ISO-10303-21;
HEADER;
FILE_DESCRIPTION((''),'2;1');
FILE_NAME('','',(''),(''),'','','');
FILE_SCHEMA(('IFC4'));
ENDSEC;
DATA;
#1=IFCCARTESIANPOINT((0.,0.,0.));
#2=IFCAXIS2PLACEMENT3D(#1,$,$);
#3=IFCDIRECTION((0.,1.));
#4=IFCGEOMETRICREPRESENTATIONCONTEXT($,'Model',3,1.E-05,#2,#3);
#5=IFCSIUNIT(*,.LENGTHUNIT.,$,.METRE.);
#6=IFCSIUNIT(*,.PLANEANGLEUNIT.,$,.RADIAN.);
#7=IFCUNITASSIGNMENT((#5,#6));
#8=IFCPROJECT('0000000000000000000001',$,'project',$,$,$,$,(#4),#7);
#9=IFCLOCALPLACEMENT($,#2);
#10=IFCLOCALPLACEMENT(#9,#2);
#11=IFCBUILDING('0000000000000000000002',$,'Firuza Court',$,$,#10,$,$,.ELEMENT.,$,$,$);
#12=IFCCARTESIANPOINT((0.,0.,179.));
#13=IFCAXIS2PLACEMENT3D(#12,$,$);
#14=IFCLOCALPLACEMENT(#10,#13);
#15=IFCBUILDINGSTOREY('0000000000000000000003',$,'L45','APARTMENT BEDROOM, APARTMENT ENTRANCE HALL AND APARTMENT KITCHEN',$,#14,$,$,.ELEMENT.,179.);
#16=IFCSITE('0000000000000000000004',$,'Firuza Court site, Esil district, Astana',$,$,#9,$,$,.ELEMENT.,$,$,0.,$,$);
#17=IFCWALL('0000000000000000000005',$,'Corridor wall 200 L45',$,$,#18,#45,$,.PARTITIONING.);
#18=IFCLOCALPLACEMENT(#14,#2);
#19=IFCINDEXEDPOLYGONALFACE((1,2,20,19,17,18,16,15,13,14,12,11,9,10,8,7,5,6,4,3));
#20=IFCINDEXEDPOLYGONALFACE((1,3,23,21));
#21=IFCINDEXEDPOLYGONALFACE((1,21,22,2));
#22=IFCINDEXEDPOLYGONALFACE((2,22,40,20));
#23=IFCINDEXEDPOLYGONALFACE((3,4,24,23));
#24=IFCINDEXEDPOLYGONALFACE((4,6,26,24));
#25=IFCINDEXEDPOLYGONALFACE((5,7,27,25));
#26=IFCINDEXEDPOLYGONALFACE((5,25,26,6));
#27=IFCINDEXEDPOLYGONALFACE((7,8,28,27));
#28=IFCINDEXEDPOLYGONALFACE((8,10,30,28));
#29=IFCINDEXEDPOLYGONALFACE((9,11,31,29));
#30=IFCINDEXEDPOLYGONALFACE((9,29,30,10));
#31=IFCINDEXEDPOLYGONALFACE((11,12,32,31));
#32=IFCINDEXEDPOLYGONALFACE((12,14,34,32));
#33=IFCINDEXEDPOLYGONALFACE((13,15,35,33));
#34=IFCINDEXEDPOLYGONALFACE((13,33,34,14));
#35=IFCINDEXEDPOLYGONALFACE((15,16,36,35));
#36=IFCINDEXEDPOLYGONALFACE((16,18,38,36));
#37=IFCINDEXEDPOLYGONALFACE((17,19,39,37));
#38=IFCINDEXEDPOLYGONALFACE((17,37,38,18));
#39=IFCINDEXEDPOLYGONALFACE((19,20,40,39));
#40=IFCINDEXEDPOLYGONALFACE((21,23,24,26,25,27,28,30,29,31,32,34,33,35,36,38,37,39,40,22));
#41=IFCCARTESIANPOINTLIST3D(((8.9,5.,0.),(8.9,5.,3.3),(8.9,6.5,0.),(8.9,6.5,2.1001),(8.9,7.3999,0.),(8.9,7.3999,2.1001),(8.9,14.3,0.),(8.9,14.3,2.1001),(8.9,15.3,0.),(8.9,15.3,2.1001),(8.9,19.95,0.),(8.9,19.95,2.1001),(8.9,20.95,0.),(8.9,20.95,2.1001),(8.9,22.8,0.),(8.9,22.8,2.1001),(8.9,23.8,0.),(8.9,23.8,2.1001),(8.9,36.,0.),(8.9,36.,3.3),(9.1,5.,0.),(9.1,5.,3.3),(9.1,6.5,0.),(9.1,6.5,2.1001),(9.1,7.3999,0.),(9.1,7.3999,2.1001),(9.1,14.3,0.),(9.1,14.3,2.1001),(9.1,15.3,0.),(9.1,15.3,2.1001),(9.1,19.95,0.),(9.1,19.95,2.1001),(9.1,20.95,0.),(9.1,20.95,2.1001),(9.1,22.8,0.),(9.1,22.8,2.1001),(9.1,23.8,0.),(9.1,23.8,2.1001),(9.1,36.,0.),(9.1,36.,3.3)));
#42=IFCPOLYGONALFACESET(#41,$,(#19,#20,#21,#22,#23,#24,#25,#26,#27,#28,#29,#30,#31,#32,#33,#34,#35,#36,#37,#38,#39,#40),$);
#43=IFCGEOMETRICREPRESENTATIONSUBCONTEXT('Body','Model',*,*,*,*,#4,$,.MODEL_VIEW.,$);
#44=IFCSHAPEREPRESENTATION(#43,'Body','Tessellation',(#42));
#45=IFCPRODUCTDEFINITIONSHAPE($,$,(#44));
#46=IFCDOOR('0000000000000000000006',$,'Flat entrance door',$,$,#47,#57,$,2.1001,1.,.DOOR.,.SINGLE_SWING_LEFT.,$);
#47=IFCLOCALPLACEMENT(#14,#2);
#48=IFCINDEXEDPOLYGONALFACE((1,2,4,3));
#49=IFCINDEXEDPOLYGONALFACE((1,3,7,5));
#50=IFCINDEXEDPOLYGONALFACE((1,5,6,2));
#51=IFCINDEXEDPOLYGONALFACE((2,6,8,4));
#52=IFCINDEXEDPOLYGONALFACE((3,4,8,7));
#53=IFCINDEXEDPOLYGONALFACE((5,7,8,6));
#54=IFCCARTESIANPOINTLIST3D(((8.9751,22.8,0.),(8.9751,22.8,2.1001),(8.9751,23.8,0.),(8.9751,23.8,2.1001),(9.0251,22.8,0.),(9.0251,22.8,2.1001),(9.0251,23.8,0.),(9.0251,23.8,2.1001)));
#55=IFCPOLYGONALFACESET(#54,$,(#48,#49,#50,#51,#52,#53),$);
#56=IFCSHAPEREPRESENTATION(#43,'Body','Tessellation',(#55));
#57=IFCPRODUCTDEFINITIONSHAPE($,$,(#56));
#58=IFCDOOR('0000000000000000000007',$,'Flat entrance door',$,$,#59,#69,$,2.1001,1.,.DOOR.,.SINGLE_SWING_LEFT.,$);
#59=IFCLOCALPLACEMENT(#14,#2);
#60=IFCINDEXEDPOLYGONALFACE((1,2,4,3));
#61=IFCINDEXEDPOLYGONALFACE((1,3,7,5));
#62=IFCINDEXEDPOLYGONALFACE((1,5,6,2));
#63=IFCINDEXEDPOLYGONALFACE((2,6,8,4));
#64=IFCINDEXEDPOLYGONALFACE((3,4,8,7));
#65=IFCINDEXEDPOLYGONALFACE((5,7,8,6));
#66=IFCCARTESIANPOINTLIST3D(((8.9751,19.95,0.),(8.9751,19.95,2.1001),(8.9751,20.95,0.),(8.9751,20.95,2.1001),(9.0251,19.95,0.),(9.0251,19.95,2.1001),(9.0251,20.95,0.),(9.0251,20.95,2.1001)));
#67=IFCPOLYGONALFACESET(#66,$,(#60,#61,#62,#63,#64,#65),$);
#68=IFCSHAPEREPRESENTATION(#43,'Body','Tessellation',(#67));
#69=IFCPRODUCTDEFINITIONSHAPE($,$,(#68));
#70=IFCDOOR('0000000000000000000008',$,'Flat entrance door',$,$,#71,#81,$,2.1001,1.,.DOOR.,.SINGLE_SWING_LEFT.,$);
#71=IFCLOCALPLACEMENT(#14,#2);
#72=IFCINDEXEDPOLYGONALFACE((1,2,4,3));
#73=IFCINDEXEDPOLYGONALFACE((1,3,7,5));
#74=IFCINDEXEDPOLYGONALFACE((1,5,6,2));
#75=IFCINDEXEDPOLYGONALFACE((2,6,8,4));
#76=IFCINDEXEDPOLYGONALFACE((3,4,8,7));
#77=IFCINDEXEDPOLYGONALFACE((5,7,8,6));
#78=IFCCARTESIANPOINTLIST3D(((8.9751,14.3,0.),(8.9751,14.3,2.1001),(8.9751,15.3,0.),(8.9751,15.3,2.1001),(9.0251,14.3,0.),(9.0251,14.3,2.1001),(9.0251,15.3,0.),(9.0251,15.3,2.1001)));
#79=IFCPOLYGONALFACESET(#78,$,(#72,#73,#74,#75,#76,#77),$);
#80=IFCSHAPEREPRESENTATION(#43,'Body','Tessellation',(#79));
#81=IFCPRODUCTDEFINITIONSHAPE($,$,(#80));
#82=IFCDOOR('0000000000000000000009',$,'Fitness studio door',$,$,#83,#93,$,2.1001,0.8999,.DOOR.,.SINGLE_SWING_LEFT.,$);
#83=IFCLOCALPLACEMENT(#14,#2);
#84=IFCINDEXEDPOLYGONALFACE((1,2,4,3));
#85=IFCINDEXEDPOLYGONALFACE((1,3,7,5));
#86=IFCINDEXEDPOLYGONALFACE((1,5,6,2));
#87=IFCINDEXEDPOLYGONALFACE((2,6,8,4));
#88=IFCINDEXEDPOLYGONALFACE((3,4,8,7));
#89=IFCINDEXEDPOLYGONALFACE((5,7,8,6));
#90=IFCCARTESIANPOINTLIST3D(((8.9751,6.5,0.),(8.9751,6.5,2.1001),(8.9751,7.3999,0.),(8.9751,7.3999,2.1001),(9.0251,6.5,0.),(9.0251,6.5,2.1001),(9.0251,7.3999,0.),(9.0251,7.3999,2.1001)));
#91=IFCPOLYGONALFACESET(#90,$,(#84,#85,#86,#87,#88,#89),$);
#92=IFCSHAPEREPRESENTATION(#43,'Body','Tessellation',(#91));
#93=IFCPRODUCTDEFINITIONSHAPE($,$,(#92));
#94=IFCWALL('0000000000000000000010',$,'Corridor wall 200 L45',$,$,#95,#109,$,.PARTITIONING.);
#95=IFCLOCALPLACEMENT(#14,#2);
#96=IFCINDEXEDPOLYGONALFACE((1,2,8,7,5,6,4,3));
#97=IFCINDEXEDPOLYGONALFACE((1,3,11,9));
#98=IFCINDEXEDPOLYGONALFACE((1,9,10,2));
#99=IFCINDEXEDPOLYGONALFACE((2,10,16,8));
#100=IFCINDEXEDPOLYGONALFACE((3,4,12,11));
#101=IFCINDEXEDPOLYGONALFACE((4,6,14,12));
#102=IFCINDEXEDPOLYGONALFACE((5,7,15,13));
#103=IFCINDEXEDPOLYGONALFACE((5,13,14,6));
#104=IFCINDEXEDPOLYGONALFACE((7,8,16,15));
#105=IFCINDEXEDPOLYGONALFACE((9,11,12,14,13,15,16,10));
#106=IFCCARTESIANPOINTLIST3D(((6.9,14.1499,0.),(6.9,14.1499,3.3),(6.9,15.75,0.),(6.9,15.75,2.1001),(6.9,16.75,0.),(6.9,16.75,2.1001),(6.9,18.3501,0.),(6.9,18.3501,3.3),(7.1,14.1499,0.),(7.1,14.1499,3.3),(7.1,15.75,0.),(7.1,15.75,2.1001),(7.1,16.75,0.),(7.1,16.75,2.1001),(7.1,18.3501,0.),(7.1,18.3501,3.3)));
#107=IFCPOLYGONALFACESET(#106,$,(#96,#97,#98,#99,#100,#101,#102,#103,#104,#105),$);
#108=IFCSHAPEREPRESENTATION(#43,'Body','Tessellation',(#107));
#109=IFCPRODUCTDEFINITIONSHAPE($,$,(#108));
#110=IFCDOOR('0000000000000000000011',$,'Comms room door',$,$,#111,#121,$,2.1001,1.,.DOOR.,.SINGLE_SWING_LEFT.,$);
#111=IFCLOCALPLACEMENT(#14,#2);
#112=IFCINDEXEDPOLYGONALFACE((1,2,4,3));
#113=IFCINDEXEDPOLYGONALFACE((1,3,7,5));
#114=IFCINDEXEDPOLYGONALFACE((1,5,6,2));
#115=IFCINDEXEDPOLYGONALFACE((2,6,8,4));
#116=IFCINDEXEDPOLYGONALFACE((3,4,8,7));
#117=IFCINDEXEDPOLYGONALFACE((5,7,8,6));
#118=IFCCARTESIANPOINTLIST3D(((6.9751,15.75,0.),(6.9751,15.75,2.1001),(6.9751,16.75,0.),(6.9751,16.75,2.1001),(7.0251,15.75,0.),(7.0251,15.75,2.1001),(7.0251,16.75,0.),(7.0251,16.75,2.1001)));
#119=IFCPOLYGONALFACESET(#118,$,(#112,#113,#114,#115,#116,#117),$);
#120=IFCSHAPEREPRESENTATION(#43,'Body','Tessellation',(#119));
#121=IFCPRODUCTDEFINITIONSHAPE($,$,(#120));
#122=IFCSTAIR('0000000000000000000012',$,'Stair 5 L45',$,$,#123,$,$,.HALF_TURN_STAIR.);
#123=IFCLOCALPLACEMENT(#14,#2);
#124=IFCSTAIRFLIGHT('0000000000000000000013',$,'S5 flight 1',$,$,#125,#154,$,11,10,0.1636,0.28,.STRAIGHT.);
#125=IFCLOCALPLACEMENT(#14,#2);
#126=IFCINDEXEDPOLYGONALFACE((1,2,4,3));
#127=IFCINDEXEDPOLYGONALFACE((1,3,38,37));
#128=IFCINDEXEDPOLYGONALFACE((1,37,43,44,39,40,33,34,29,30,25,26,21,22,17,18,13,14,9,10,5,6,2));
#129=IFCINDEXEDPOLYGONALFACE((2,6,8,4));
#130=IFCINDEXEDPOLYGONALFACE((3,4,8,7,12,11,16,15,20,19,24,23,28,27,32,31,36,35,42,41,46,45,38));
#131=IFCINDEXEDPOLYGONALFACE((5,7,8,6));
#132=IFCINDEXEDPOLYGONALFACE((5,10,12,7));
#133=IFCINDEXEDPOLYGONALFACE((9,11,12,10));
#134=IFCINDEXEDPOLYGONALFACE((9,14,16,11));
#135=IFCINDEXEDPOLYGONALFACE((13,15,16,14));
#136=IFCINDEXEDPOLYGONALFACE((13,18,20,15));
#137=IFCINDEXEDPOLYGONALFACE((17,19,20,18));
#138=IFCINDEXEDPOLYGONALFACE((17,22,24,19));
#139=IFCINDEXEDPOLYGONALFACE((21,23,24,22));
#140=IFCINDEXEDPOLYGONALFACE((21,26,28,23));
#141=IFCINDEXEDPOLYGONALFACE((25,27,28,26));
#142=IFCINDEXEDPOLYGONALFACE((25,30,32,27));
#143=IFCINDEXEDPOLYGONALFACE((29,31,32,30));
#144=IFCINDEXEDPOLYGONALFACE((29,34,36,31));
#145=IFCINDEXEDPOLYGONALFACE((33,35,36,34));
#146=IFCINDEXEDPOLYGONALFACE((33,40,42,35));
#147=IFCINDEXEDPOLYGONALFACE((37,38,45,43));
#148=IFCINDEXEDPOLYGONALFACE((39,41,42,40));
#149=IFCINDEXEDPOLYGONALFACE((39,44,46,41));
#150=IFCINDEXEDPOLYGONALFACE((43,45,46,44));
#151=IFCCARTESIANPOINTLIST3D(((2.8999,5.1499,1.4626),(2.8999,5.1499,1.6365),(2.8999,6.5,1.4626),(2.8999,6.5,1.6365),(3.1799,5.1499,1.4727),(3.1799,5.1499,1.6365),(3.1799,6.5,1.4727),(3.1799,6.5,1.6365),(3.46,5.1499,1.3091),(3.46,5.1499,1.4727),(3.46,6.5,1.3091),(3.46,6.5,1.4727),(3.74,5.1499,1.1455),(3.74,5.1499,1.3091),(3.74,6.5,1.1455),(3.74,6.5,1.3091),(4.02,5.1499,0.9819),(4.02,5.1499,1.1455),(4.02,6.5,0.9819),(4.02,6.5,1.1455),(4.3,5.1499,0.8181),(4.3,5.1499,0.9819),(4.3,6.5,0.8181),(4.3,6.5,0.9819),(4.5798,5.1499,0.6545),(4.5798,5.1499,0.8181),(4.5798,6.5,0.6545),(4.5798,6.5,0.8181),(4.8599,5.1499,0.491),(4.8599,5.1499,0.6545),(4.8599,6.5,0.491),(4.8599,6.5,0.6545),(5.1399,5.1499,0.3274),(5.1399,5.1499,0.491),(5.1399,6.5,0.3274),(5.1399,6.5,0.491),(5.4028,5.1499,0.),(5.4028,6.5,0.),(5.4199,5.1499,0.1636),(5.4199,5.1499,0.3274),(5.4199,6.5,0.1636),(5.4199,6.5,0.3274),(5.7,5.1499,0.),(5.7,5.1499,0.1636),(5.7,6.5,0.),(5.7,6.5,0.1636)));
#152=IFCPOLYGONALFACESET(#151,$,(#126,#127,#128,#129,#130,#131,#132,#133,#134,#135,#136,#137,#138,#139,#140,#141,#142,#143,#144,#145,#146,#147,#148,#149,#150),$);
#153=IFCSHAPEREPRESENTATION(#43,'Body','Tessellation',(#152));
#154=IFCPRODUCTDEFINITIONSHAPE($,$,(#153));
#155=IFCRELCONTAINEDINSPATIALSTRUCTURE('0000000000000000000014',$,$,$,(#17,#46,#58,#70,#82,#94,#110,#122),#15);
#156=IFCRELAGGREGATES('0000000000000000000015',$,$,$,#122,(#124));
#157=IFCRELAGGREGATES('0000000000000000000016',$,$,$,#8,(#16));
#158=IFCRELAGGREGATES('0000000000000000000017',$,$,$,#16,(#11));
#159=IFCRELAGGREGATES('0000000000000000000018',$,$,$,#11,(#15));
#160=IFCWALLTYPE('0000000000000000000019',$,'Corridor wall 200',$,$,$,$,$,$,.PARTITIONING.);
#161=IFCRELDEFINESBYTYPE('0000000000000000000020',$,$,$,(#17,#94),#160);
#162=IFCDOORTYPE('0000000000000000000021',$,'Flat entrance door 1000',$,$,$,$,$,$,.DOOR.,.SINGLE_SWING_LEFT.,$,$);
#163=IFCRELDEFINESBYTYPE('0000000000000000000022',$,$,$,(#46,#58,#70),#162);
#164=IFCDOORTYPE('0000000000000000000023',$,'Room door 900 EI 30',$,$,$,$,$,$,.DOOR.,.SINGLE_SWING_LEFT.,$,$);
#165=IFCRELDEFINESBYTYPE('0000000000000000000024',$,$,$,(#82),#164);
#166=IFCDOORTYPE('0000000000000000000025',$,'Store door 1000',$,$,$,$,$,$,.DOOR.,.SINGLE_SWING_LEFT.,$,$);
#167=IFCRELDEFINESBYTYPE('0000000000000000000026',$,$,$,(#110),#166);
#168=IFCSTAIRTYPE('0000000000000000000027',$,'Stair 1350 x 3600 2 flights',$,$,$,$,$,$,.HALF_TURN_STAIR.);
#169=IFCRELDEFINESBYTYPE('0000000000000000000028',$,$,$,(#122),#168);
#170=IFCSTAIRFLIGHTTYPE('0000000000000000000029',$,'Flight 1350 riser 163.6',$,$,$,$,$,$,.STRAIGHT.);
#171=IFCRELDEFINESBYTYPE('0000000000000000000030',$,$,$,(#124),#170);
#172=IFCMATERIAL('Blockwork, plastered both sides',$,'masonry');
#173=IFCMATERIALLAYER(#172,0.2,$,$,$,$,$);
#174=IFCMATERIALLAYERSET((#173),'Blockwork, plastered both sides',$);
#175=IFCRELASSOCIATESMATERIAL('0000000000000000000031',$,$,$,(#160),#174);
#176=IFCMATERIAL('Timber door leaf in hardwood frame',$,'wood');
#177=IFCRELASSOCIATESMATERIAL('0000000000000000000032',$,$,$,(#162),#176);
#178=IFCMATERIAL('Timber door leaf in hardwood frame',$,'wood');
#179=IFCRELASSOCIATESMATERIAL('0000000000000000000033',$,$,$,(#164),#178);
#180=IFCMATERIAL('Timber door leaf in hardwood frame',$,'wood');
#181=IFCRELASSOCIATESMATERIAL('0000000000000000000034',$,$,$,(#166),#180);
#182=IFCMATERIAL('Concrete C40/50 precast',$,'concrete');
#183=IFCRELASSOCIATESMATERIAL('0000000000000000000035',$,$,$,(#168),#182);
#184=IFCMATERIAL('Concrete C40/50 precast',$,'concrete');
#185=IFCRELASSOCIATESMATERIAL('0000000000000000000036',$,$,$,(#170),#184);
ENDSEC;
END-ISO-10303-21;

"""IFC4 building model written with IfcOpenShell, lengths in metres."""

from ifc_helpers import new_model, si_unit, direction, frame, frame_2d, origin, place, context, subcontext, project, spatial, polyline, rectangle, outline, extrude, material, layer, layer_set, type_object, element, fill, aggregate, save


model = new_model("IFC4")

# Units and contexts
model_context = context("Model", 3, precision=1e-05, world=origin(), true_north=direction((0.0, 1.0)))
body_context = subcontext(model_context, "Body", "Model", "MODEL_VIEW")
ifc_project = project(units=[si_unit("LENGTHUNIT", "METRE"), si_unit("PLANEANGLEUNIT", "RADIAN")], contexts=[model_context])

# Site, building, storey
site_placement = place(None, origin())
site = spatial("IfcSite", under=ifc_project, at=site_placement, Name="Firuza Court site, Esil district, Astana", CompositionType="ELEMENT", RefElevation=0.0)
building_placement = place(site_placement, origin())
building = spatial("IfcBuilding", under=site, at=building_placement, Name="Firuza Court", CompositionType="ELEMENT")
storey_placement = place(building_placement, frame((0.0, 0.0, 179.0)))
storey = spatial("IfcBuildingStorey", under=building, at=storey_placement, Name="L45", Description="APARTMENT BEDROOM, APARTMENT ENTRANCE HALL AND APARTMENT KITCHEN", CompositionType="ELEMENT", Elevation=179.0)

# Wall, openings, doors
ifc_material_1 = material(Name="Blockwork, plastered both sides", Category="masonry")
ifc_layer_1 = layer(ifc_material_1, 0.2)
ifc_layer_set_1 = layer_set([ifc_layer_1], Name="Blockwork, plastered both sides")
wall_type_1 = type_object("IfcWallType", Name="Corridor wall 200", PredefinedType="PARTITIONING", material=ifc_layer_set_1)
wall_1_placement = place(storey_placement, frame((9.0, 5.0, 0.0), z_axis=(0.0, 0.0, 1.0), x_axis=(0.0, 1.0, 0.0)))
wall_1 = element("IfcWall", 1, at=wall_1_placement, inside=storey, type_object=wall_type_1, Name="Corridor wall 200 L45", PredefinedType="PARTITIONING", context=body_context, shape_type="SweptSolid", body=[
    extrude(rectangle(XDim=31.0, YDim=0.2, at=frame_2d((15.5, 0.0))), origin(), (0.0, 0.0, 1.0), 3.3),
])
opening_1_placement = place(wall_1_placement, frame((17.8, 0.0, 0.0)))
opening_1 = element("IfcOpeningElement", 2, at=opening_1_placement, cuts=wall_1, PredefinedType="OPENING", context=body_context, shape_type="SweptSolid", body=[
    extrude(rectangle(XDim=1.0, YDim=2.1001, at=frame_2d((0.5, 1.05))), frame((0.0, 0.1118, 0.0), z_axis=(0.0, -1.0, 0.0), x_axis=(1.0, 0.0, 0.0)), (0.0, 0.0, 1.0), 0.2239),
])
opening_2_placement = place(wall_1_placement, frame((14.95, 0.0, 0.0)))
opening_2 = element("IfcOpeningElement", 3, at=opening_2_placement, cuts=wall_1, PredefinedType="OPENING", context=body_context, shape_type="SweptSolid", body=[
    extrude(rectangle(XDim=1.0, YDim=2.1001, at=frame_2d((0.5, 1.05))), frame((0.0, 0.1118, 0.0), z_axis=(0.0, -1.0, 0.0), x_axis=(1.0, 0.0, 0.0)), (0.0, 0.0, 1.0), 0.2239),
])
opening_3_placement = place(wall_1_placement, frame((9.3, 0.0, 0.0)))
opening_3 = element("IfcOpeningElement", 4, at=opening_3_placement, cuts=wall_1, PredefinedType="OPENING", context=body_context, shape_type="SweptSolid", body=[
    extrude(rectangle(XDim=1.0, YDim=2.1001, at=frame_2d((0.5, 1.05))), frame((0.0, 0.1118, 0.0), z_axis=(0.0, -1.0, 0.0), x_axis=(1.0, 0.0, 0.0)), (0.0, 0.0, 1.0), 0.2239),
])
opening_4_placement = place(wall_1_placement, frame((1.5, 0.0, 0.0)))
opening_4 = element("IfcOpeningElement", 5, at=opening_4_placement, cuts=wall_1, PredefinedType="OPENING", context=body_context, shape_type="SweptSolid", body=[
    extrude(rectangle(XDim=0.8999, YDim=2.1001, at=frame_2d((0.45, 1.05))), frame((0.0, 0.1118, 0.0), z_axis=(0.0, -1.0, 0.0), x_axis=(1.0, 0.0, 0.0)), (0.0, 0.0, 1.0), 0.2239),
])
ifc_material_2 = material(Name="Timber door leaf in hardwood frame", Category="wood")
door_type_1 = type_object("IfcDoorType", Name="Flat entrance door 1000", OperationType="SINGLE_SWING_LEFT", PredefinedType="DOOR", material=ifc_material_2)
door_1_placement = place(opening_1_placement, origin())
door_1 = element("IfcDoor", 6, at=door_1_placement, inside=storey, type_object=door_type_1, Name="Flat entrance door", OperationType="SINGLE_SWING_LEFT", OverallHeight=2.1001, OverallWidth=1.0, PredefinedType="DOOR", context=body_context, shape_type="SweptSolid", body=[
    extrude(rectangle(XDim=1.0, YDim=2.1001, at=frame_2d((0.5, 1.05))), frame((0.0, 0.0249, 0.0), z_axis=(0.0, -1.0, 0.0), x_axis=(1.0, 0.0, 0.0)), (0.0, 0.0, 1.0), 0.05),
])
fill(opening_1, door_1)
door_2_placement = place(opening_2_placement, origin())
door_2 = element("IfcDoor", 7, at=door_2_placement, inside=storey, type_object=door_type_1, Name="Flat entrance door", OperationType="SINGLE_SWING_LEFT", OverallHeight=2.1001, OverallWidth=1.0, PredefinedType="DOOR", context=body_context, shape_type="SweptSolid", body=[
    extrude(rectangle(XDim=1.0, YDim=2.1001, at=frame_2d((0.5, 1.05))), frame((0.0, 0.0249, 0.0), z_axis=(0.0, -1.0, 0.0), x_axis=(1.0, 0.0, 0.0)), (0.0, 0.0, 1.0), 0.05),
])
fill(opening_2, door_2)
door_3_placement = place(opening_3_placement, origin())
door_3 = element("IfcDoor", 8, at=door_3_placement, inside=storey, type_object=door_type_1, Name="Flat entrance door", OperationType="SINGLE_SWING_LEFT", OverallHeight=2.1001, OverallWidth=1.0, PredefinedType="DOOR", context=body_context, shape_type="SweptSolid", body=[
    extrude(rectangle(XDim=1.0, YDim=2.1001, at=frame_2d((0.5, 1.05))), frame((0.0, 0.0249, 0.0), z_axis=(0.0, -1.0, 0.0), x_axis=(1.0, 0.0, 0.0)), (0.0, 0.0, 1.0), 0.05),
])
fill(opening_3, door_3)
ifc_material_3 = material(Name="Timber door leaf in hardwood frame", Category="wood")
door_type_2 = type_object("IfcDoorType", Name="Room door 900 EI 30", OperationType="SINGLE_SWING_LEFT", PredefinedType="DOOR", material=ifc_material_3)
door_4_placement = place(opening_4_placement, origin())
door_4 = element("IfcDoor", 9, at=door_4_placement, inside=storey, type_object=door_type_2, Name="Fitness studio door", OperationType="SINGLE_SWING_LEFT", OverallHeight=2.1001, OverallWidth=0.8999, PredefinedType="DOOR", context=body_context, shape_type="SweptSolid", body=[
    extrude(rectangle(XDim=0.8999, YDim=2.1001, at=frame_2d((0.45, 1.05))), frame((0.0, 0.0249, 0.0), z_axis=(0.0, -1.0, 0.0), x_axis=(1.0, 0.0, 0.0)), (0.0, 0.0, 1.0), 0.05),
])
fill(opening_4, door_4)

# Wall, opening, door
wall_2_placement = place(storey_placement, frame((7.0, 14.1499, 0.0), z_axis=(0.0, 0.0, 1.0), x_axis=(0.0, 1.0, 0.0)))
wall_2 = element("IfcWall", 10, at=wall_2_placement, inside=storey, type_object=wall_type_1, Name="Corridor wall 200 L45", PredefinedType="PARTITIONING", context=body_context, shape_type="SweptSolid", body=[
    extrude(rectangle(XDim=4.2002, YDim=0.2, at=frame_2d((2.1001, 0.0))), origin(), (0.0, 0.0, 1.0), 3.3),
])
opening_5_placement = place(wall_2_placement, frame((1.6001, 0.0, 0.0)))
opening_5 = element("IfcOpeningElement", 11, at=opening_5_placement, cuts=wall_2, PredefinedType="OPENING", context=body_context, shape_type="SweptSolid", body=[
    extrude(rectangle(XDim=1.0, YDim=2.1001, at=frame_2d((0.5, 1.05))), frame((0.0, 0.1118, 0.0), z_axis=(0.0, -1.0, 0.0), x_axis=(1.0, 0.0, 0.0)), (0.0, 0.0, 1.0), 0.2239),
])
ifc_material_4 = material(Name="Timber door leaf in hardwood frame", Category="wood")
door_type_3 = type_object("IfcDoorType", Name="Store door 1000", OperationType="SINGLE_SWING_LEFT", PredefinedType="DOOR", material=ifc_material_4)
door_5_placement = place(opening_5_placement, origin())
door_5 = element("IfcDoor", 12, at=door_5_placement, inside=storey, type_object=door_type_3, Name="Comms room door", OperationType="SINGLE_SWING_LEFT", OverallHeight=2.1001, OverallWidth=1.0, PredefinedType="DOOR", context=body_context, shape_type="SweptSolid", body=[
    extrude(rectangle(XDim=1.0, YDim=2.1001, at=frame_2d((0.5, 1.05))), frame((0.0, 0.0249, 0.0), z_axis=(0.0, -1.0, 0.0), x_axis=(1.0, 0.0, 0.0)), (0.0, 0.0, 1.0), 0.05),
])
fill(opening_5, door_5)

# Stair, stair flight
ifc_material_5 = material(Name="Concrete C40/50 precast", Category="concrete")
stair_type = type_object("IfcStairType", Name="Stair 1350 x 3600 2 flights", PredefinedType="HALF_TURN_STAIR", material=ifc_material_5)
stair_placement = place(storey_placement, origin())
stair = element("IfcStair", 13, at=stair_placement, inside=storey, type_object=stair_type, Name="Stair 5 L45", PredefinedType="HALF_TURN_STAIR")
ifc_material_6 = material(Name="Concrete C40/50 precast", Category="concrete")
stair_flight_type = type_object("IfcStairFlightType", Name="Flight 1350 riser 163.6", PredefinedType="STRAIGHT", material=ifc_material_6)
stair_flight_1_placement = place(storey_placement, frame((5.7, 5.825, 0.0), z_axis=(0.0, 0.0, 1.0), x_axis=(-1.0, 0.0, 0.0)))
stair_flight_1 = element("IfcStairFlight", 14, at=stair_flight_1_placement, type_object=stair_flight_type, Name="S5 flight 1", NumberOfRisers=11, NumberOfTreads=10, PredefinedType="STRAIGHT", RiserHeight=0.1636, TreadLength=0.28, context=body_context, shape_type="SweptSolid", body=[
    extrude(outline(polyline([(0.0, 0.0), (0.0, 0.1636), (0.28, 0.1636), (0.28, 0.3274), (0.5601, 0.3274), (0.5601, 0.491), (0.8401, 0.491), (0.8401, 0.6545), (1.1201, 0.6545), (1.1201, 0.8181), (1.3999, 0.8181), (1.3999, 0.9819), (1.6799, 0.9819), (1.6799, 1.1455), (1.96, 1.1455), (1.96, 1.3091), (2.24, 1.3091), (2.24, 1.4727), (2.52, 1.4727), (2.52, 1.6365), (2.8, 1.6365), (2.8, 1.8), (2.8, 1.4626), (0.2971, 0.0), (0.0, 0.0)])), frame((0.0, 0.675, 0.0), z_axis=(0.0, -1.0, 0.0), x_axis=(1.0, 0.0, 0.0)), (0.0, 0.0, 1.0), 1.3501),
])
aggregate(stair, [stair_flight_1])

save(model, "model.ifc")
